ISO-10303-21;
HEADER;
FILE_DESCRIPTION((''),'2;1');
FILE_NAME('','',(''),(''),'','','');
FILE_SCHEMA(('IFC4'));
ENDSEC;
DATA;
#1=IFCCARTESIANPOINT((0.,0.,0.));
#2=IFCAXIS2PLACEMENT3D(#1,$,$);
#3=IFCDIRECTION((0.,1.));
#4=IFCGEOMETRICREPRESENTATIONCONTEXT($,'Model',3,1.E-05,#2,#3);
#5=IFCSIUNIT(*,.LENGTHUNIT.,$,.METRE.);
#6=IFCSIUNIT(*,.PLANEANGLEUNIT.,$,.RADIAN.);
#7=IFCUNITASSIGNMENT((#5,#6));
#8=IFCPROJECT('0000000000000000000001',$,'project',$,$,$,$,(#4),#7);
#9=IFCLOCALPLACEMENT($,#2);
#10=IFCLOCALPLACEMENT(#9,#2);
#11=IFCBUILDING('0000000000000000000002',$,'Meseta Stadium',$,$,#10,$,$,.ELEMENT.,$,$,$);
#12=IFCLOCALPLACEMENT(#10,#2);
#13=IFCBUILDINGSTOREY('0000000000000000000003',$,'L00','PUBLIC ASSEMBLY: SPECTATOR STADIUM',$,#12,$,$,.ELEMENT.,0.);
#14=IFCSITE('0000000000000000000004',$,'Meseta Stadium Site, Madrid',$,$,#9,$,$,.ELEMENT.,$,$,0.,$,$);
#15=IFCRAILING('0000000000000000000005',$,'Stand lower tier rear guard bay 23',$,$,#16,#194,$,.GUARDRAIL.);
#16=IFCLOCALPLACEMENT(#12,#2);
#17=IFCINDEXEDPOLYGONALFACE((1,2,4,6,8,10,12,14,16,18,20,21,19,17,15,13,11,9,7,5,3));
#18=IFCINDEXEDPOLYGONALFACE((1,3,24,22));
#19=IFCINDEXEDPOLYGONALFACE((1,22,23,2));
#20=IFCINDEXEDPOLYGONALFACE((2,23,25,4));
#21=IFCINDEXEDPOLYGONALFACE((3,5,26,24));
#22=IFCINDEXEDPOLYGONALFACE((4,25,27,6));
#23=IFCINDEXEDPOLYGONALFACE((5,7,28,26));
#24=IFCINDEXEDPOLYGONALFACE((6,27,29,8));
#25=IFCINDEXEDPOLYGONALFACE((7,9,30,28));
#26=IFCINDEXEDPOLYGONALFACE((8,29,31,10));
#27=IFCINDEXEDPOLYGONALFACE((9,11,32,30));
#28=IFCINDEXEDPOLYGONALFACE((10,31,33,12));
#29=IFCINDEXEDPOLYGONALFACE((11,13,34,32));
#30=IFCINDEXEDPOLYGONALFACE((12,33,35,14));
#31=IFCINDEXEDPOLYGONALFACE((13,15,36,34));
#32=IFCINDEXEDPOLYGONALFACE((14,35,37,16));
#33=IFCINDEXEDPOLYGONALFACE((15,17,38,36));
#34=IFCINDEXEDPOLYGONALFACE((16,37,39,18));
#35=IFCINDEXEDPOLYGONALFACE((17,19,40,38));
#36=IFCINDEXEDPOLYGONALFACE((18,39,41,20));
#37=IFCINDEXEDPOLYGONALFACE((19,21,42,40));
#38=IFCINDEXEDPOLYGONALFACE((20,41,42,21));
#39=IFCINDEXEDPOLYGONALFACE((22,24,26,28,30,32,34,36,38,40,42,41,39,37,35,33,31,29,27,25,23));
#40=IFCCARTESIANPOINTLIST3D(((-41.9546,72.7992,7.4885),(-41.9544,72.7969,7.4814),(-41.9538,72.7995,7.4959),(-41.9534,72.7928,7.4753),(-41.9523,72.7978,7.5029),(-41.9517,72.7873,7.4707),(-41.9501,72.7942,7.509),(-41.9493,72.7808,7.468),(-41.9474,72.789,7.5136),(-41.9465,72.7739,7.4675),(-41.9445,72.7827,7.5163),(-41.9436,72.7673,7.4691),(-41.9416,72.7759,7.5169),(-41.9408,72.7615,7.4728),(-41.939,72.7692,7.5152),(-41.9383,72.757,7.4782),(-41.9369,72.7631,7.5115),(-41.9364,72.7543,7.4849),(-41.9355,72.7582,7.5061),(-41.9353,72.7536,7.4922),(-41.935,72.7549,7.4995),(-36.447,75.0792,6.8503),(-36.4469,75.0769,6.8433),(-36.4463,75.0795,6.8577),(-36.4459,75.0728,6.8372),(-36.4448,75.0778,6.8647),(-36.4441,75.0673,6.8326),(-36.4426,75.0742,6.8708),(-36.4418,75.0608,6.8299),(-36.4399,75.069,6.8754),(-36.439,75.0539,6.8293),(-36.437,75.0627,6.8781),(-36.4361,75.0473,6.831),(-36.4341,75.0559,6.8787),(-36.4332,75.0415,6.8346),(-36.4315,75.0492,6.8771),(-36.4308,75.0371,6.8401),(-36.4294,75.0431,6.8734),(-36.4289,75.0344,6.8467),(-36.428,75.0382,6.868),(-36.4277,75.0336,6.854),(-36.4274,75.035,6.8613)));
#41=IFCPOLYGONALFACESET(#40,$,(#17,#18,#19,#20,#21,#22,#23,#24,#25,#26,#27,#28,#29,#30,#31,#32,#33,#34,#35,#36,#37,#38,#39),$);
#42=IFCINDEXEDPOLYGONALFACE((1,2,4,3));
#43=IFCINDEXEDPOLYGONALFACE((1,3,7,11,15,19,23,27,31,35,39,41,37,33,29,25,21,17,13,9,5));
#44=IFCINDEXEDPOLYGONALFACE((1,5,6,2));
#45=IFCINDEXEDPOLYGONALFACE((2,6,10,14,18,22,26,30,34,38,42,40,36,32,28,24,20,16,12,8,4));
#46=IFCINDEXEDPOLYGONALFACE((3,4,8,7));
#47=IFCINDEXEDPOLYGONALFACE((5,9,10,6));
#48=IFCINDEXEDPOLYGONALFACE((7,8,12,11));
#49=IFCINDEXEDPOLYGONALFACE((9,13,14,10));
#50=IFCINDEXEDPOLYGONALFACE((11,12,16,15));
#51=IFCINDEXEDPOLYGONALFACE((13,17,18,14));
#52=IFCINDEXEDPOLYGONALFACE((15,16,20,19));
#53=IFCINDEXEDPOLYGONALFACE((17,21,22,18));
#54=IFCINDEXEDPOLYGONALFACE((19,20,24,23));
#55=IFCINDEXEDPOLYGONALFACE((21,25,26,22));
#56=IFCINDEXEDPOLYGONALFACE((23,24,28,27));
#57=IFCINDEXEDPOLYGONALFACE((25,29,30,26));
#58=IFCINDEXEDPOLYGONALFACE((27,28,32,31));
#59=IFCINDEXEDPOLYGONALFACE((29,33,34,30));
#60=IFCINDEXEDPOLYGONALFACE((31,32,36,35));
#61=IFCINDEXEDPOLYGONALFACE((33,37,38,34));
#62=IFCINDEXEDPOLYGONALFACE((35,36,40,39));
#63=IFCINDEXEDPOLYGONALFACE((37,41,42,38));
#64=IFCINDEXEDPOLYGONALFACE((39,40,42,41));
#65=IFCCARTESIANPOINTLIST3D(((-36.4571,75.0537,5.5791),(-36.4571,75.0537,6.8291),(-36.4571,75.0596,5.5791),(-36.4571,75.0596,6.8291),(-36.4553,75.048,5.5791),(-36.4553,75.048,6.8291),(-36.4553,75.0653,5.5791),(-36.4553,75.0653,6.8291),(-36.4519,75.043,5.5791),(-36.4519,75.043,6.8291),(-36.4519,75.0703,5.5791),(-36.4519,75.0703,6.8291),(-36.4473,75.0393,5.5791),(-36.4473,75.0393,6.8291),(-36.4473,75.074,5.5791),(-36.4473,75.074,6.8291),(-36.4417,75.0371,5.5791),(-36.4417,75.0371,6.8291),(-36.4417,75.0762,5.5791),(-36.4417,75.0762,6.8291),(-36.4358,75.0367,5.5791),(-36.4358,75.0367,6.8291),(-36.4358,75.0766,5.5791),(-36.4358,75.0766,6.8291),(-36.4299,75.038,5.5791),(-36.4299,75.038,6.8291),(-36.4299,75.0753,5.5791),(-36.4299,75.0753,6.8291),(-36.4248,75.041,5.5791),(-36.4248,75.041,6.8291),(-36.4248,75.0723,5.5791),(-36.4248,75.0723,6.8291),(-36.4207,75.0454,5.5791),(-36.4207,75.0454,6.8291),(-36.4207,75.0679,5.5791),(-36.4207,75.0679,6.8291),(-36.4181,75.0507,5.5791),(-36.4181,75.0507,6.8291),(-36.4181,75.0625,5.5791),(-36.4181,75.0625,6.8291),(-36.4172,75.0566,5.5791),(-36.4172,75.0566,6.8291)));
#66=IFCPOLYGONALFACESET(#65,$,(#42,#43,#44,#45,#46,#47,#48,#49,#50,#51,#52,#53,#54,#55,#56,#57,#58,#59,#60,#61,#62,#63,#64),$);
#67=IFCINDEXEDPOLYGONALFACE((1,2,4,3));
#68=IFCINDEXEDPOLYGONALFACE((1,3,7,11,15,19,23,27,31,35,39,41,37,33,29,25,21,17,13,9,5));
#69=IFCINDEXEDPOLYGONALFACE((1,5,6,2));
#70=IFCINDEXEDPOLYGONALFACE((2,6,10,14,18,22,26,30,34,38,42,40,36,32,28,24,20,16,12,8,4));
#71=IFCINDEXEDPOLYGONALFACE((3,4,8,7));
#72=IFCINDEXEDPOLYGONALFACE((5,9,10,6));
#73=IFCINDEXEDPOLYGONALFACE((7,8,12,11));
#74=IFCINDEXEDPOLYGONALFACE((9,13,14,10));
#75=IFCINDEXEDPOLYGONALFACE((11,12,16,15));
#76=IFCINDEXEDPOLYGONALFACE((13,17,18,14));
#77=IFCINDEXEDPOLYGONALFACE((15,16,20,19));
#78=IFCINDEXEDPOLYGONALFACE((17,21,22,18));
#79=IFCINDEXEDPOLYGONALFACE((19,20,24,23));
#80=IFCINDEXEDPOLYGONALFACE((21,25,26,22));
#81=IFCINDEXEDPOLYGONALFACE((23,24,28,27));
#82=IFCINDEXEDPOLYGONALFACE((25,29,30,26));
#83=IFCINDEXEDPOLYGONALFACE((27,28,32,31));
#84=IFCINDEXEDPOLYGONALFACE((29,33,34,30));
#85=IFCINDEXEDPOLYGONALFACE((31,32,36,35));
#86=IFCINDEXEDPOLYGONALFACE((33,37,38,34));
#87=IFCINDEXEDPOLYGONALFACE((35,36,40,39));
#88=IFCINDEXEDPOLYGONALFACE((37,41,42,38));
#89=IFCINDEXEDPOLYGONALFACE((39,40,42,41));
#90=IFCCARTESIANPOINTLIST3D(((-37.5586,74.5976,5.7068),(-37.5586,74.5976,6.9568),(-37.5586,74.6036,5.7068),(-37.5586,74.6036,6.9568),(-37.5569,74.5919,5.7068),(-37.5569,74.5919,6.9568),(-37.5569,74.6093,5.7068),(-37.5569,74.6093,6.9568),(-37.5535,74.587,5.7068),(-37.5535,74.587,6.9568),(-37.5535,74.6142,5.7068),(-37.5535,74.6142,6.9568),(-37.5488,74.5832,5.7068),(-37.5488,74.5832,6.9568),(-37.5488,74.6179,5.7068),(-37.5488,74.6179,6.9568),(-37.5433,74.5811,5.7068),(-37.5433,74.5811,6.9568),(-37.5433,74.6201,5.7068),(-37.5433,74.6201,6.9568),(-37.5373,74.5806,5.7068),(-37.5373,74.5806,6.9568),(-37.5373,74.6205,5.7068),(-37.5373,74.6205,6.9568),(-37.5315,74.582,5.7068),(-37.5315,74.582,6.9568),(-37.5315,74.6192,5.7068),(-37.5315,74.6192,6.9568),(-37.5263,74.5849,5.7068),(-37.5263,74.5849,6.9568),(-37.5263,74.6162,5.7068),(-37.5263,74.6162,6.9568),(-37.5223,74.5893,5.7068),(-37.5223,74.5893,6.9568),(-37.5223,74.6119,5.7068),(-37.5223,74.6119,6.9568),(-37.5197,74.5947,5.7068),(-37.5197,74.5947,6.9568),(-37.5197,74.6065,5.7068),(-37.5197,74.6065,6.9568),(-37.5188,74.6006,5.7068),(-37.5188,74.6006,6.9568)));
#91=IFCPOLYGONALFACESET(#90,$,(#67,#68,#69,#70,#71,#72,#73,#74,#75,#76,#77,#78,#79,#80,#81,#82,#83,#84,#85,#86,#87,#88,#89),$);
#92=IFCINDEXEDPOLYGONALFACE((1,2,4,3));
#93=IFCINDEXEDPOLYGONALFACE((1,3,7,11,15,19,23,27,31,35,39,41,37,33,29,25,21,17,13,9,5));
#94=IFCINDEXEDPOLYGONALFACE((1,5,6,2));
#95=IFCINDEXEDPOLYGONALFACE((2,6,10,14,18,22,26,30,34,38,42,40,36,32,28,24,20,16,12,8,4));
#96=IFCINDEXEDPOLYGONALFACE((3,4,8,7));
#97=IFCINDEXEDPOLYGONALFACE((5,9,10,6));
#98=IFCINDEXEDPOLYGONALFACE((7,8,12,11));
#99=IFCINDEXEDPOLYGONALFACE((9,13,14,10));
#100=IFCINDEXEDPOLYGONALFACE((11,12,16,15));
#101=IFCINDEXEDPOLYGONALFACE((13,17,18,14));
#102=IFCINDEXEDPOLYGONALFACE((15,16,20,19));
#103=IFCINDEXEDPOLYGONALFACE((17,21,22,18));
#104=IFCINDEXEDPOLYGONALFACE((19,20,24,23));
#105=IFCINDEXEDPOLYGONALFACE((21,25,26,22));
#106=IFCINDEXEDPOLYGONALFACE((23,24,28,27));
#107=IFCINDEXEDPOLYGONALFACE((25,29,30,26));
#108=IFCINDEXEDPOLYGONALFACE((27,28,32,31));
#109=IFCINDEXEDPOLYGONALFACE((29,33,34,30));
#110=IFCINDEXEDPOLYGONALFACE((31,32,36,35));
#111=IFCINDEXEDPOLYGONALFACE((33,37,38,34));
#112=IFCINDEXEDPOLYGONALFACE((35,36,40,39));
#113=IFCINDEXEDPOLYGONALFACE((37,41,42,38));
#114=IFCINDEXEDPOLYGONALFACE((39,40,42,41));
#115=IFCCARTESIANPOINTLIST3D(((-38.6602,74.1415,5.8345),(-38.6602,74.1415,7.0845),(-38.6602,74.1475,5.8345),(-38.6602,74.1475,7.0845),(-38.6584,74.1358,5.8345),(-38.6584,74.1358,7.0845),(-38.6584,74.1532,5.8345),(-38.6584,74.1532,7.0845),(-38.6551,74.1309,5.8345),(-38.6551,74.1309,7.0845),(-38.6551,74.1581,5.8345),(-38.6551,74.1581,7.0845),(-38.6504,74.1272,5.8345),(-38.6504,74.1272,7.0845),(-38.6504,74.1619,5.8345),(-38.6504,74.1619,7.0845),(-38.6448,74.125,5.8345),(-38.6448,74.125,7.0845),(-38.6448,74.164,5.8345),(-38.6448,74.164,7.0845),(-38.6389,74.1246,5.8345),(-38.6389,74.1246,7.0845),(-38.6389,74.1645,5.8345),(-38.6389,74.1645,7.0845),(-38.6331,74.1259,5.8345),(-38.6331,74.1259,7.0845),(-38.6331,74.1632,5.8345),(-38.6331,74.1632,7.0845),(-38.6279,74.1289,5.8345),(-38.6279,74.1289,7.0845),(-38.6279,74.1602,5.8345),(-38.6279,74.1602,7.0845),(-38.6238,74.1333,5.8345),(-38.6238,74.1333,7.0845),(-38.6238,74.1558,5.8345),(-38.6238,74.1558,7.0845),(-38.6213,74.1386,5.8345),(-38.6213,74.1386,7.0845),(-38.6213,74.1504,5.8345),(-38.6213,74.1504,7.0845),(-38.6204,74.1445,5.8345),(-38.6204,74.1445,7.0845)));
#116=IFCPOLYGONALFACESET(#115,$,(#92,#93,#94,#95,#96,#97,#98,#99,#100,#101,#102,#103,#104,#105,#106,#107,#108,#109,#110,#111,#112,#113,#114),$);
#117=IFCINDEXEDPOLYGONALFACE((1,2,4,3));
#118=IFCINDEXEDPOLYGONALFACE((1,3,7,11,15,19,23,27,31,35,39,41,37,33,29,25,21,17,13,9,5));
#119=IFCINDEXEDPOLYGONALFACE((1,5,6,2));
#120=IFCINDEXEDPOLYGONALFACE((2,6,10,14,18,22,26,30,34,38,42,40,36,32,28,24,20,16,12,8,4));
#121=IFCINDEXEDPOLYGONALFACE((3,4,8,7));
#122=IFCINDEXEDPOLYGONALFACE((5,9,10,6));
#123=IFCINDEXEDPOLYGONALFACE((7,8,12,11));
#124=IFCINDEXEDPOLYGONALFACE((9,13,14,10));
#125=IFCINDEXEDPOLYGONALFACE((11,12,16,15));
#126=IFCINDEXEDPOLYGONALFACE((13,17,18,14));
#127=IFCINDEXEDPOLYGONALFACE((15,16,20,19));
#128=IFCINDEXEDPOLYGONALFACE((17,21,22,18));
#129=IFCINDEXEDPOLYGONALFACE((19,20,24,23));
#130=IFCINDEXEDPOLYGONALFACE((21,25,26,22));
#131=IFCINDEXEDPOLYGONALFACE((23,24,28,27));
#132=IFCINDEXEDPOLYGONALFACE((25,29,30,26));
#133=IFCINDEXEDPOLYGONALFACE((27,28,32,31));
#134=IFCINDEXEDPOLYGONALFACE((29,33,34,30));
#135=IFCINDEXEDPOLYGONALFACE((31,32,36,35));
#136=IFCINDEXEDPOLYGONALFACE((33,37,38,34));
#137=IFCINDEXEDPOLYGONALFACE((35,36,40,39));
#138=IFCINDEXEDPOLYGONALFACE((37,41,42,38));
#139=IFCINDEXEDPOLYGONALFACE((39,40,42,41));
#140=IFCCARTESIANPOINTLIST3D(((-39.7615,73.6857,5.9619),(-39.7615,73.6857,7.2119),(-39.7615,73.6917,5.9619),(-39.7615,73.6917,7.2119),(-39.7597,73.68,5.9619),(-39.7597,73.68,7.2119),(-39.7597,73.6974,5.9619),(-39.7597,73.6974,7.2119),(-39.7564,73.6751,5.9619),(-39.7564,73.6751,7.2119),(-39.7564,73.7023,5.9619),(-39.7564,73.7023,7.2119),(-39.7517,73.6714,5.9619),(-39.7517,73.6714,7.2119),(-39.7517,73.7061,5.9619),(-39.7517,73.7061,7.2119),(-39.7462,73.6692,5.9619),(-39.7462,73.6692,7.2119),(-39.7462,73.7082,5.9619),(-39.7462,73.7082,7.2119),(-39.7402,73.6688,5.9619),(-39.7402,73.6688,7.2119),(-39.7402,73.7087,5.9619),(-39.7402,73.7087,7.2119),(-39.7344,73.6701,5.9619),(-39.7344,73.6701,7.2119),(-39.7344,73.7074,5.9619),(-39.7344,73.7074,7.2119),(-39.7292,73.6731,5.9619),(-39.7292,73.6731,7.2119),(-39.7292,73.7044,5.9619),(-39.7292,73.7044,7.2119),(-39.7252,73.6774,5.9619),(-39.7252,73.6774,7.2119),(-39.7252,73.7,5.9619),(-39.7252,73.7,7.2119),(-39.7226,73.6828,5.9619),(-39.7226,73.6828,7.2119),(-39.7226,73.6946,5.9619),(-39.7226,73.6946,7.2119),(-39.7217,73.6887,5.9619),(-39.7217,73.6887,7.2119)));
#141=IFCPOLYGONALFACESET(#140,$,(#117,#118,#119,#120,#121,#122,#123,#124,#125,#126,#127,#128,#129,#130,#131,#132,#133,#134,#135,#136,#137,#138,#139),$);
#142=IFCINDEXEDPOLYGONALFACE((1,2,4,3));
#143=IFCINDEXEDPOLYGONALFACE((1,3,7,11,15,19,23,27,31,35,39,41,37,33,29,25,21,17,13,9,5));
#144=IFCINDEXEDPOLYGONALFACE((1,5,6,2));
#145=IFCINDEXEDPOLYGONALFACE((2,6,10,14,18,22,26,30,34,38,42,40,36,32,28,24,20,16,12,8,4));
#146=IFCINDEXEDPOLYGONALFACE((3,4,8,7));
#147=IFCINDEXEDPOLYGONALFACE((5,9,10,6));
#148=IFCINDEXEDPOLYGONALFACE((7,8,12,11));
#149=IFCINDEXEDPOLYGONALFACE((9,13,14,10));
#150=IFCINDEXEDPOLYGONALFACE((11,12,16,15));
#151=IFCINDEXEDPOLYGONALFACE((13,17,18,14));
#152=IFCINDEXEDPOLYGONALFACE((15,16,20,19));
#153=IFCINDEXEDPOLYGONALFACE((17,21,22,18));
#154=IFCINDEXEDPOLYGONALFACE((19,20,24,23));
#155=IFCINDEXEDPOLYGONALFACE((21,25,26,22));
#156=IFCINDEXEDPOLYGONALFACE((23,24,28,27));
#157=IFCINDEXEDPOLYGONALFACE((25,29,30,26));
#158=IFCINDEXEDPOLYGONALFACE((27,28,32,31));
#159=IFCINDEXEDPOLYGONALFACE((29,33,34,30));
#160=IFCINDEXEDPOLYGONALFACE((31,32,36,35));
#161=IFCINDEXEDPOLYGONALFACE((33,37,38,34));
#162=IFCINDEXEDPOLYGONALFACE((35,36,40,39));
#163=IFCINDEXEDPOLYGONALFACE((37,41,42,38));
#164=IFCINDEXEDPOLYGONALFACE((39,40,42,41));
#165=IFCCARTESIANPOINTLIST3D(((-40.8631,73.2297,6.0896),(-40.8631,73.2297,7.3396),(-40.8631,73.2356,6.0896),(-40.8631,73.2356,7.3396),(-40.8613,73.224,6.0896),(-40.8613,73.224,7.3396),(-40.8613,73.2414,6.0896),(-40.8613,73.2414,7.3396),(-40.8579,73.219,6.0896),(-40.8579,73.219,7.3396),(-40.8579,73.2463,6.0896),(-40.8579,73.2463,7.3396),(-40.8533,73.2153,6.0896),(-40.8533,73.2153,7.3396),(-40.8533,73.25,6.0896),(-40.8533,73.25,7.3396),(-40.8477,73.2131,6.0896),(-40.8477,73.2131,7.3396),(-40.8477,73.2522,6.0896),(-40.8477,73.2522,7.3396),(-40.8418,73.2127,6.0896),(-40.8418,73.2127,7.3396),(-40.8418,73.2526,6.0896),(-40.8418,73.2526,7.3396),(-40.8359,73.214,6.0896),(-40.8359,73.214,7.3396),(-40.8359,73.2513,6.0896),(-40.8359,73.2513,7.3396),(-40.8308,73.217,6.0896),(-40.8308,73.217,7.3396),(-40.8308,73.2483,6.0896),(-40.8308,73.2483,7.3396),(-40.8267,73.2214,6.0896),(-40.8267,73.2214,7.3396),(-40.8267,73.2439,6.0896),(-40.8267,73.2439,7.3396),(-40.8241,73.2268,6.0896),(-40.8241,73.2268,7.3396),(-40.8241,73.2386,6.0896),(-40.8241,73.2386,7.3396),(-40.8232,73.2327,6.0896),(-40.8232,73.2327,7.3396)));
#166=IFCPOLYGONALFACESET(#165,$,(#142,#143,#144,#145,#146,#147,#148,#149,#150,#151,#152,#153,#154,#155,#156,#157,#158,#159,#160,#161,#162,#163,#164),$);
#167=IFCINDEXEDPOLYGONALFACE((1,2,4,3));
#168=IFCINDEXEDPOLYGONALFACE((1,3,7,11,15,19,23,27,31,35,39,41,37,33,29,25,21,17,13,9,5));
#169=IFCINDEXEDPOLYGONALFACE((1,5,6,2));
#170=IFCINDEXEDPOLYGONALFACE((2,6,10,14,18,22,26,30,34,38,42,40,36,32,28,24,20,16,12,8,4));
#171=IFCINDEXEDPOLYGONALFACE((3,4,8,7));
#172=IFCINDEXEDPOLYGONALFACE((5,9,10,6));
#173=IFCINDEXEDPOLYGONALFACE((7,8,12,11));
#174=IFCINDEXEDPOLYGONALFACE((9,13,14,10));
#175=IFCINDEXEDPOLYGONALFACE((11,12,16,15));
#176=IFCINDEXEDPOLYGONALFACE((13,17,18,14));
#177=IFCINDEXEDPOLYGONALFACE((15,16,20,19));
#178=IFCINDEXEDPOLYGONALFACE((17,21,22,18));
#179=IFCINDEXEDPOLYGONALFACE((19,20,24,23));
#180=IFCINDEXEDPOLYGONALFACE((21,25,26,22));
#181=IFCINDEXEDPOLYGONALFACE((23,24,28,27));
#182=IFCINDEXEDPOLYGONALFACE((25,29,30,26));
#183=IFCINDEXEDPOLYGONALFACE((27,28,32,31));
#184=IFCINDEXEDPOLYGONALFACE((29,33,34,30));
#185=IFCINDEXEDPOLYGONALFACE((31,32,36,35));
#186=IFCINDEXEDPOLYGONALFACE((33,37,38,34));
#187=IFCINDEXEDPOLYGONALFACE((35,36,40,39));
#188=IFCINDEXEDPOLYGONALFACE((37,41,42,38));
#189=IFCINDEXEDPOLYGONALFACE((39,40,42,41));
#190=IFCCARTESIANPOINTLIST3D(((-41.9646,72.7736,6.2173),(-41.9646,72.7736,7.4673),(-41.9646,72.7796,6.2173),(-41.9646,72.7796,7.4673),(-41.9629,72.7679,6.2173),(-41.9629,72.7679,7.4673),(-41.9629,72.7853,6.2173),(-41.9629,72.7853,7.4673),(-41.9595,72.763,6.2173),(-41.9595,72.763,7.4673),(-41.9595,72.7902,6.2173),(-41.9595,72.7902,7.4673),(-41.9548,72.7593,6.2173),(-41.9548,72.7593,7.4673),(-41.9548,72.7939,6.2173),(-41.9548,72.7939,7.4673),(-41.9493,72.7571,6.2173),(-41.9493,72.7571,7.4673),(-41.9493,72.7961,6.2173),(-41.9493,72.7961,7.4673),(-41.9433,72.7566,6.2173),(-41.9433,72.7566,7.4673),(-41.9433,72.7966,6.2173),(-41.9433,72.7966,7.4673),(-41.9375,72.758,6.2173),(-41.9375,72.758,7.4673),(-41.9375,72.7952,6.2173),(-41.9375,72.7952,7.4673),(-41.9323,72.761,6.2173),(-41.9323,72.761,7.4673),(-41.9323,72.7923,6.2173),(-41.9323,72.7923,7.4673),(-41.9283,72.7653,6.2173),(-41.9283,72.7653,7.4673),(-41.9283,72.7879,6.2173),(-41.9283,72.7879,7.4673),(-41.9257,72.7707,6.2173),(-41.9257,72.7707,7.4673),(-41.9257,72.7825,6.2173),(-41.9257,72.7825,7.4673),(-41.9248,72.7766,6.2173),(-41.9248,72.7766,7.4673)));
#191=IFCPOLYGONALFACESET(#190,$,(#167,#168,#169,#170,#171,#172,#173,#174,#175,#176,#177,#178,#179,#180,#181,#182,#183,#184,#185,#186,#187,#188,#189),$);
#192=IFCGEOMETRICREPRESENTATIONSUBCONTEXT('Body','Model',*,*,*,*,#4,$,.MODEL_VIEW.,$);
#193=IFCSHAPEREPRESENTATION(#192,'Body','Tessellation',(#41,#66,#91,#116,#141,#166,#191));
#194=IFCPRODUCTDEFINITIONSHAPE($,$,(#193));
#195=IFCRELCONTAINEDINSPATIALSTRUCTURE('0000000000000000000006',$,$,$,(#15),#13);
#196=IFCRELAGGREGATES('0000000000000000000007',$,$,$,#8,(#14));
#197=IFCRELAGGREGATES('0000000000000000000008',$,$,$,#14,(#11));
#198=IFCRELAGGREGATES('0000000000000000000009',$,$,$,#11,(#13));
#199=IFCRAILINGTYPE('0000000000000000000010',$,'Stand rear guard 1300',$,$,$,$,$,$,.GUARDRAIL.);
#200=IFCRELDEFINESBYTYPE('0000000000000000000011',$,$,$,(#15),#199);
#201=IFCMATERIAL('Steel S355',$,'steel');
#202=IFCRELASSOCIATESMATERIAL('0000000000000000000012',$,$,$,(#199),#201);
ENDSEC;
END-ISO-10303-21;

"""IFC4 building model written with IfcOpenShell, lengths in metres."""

from ifc_helpers import new_model, si_unit, direction, frame, origin, origin_2d, place, context, subcontext, project, spatial, circle, extrude, material, type_object, element, save


model = new_model("IFC4")

# Units and contexts
model_context = context("Model", 3, precision=1e-05, world=origin(), true_north=direction((0.0, 1.0)))
body_context = subcontext(model_context, "Body", "Model", "MODEL_VIEW")
ifc_project = project(units=[si_unit("LENGTHUNIT", "METRE"), si_unit("PLANEANGLEUNIT", "RADIAN")], contexts=[model_context])

# Site, building, storey
site_placement = place(None, origin())
site = spatial("IfcSite", under=ifc_project, at=site_placement, Name="Meseta Stadium Site, Madrid", CompositionType="ELEMENT", RefElevation=0.0)
building_placement = place(site_placement, origin())
building = spatial("IfcBuilding", under=site, at=building_placement, Name="Meseta Stadium", CompositionType="ELEMENT")
storey_placement = place(building_placement, origin())
storey = spatial("IfcBuildingStorey", under=building, at=storey_placement, Name="L00", Description="PUBLIC ASSEMBLY: SPECTATOR STADIUM", CompositionType="ELEMENT", Elevation=0.0)

# Railing
ifc_material_1 = material(Name="Steel S355", Category="steel")
railing_type = type_object("IfcRailingType", Name="Stand rear guard 1300", PredefinedType="GUARDRAIL", material=ifc_material_1)
railing_placement = place(storey_placement, frame((-36.4373, 75.0566, 5.5791)))
element("IfcRailing", 1, at=railing_placement, inside=storey, type_object=railing_type, Name="Stand lower tier rear guard bay 23", PredefinedType="GUARDRAIL", context=body_context, shape_type="SweptSolid", body=[
    extrude(circle(Radius=0.0249, at=origin_2d()), frame((0.0, 0.0, 1.2749), z_axis=(-0.918705, -0.380327, 0.106454), x_axis=(0.3825, -0.923955, 0.0)), (0.0, 0.0, 1.0), 5.9949),
    extrude(circle(Radius=0.02, at=origin_2d()), origin(), (0.0, 0.0, 1.0), 1.25),
    extrude(circle(Radius=0.02, at=origin_2d()), frame((-1.1016, -0.4561, 0.1277)), (0.0, 0.0, 1.0), 1.25),
    extrude(circle(Radius=0.02, at=origin_2d()), frame((-2.2031, -0.9121, 0.2554)), (0.0, 0.0, 1.0), 1.25),
    extrude(circle(Radius=0.02, at=origin_2d()), frame((-3.3044, -1.3679, 0.3828)), (0.0, 0.0, 1.0), 1.25),
    extrude(circle(Radius=0.02, at=origin_2d()), frame((-4.406, -1.824, 0.5105)), (0.0, 0.0, 1.0), 1.25),
    extrude(circle(Radius=0.02, at=origin_2d()), frame((-5.5076, -2.28, 0.6382)), (0.0, 0.0, 1.0), 1.25),
])

save(model, "model.ifc")
